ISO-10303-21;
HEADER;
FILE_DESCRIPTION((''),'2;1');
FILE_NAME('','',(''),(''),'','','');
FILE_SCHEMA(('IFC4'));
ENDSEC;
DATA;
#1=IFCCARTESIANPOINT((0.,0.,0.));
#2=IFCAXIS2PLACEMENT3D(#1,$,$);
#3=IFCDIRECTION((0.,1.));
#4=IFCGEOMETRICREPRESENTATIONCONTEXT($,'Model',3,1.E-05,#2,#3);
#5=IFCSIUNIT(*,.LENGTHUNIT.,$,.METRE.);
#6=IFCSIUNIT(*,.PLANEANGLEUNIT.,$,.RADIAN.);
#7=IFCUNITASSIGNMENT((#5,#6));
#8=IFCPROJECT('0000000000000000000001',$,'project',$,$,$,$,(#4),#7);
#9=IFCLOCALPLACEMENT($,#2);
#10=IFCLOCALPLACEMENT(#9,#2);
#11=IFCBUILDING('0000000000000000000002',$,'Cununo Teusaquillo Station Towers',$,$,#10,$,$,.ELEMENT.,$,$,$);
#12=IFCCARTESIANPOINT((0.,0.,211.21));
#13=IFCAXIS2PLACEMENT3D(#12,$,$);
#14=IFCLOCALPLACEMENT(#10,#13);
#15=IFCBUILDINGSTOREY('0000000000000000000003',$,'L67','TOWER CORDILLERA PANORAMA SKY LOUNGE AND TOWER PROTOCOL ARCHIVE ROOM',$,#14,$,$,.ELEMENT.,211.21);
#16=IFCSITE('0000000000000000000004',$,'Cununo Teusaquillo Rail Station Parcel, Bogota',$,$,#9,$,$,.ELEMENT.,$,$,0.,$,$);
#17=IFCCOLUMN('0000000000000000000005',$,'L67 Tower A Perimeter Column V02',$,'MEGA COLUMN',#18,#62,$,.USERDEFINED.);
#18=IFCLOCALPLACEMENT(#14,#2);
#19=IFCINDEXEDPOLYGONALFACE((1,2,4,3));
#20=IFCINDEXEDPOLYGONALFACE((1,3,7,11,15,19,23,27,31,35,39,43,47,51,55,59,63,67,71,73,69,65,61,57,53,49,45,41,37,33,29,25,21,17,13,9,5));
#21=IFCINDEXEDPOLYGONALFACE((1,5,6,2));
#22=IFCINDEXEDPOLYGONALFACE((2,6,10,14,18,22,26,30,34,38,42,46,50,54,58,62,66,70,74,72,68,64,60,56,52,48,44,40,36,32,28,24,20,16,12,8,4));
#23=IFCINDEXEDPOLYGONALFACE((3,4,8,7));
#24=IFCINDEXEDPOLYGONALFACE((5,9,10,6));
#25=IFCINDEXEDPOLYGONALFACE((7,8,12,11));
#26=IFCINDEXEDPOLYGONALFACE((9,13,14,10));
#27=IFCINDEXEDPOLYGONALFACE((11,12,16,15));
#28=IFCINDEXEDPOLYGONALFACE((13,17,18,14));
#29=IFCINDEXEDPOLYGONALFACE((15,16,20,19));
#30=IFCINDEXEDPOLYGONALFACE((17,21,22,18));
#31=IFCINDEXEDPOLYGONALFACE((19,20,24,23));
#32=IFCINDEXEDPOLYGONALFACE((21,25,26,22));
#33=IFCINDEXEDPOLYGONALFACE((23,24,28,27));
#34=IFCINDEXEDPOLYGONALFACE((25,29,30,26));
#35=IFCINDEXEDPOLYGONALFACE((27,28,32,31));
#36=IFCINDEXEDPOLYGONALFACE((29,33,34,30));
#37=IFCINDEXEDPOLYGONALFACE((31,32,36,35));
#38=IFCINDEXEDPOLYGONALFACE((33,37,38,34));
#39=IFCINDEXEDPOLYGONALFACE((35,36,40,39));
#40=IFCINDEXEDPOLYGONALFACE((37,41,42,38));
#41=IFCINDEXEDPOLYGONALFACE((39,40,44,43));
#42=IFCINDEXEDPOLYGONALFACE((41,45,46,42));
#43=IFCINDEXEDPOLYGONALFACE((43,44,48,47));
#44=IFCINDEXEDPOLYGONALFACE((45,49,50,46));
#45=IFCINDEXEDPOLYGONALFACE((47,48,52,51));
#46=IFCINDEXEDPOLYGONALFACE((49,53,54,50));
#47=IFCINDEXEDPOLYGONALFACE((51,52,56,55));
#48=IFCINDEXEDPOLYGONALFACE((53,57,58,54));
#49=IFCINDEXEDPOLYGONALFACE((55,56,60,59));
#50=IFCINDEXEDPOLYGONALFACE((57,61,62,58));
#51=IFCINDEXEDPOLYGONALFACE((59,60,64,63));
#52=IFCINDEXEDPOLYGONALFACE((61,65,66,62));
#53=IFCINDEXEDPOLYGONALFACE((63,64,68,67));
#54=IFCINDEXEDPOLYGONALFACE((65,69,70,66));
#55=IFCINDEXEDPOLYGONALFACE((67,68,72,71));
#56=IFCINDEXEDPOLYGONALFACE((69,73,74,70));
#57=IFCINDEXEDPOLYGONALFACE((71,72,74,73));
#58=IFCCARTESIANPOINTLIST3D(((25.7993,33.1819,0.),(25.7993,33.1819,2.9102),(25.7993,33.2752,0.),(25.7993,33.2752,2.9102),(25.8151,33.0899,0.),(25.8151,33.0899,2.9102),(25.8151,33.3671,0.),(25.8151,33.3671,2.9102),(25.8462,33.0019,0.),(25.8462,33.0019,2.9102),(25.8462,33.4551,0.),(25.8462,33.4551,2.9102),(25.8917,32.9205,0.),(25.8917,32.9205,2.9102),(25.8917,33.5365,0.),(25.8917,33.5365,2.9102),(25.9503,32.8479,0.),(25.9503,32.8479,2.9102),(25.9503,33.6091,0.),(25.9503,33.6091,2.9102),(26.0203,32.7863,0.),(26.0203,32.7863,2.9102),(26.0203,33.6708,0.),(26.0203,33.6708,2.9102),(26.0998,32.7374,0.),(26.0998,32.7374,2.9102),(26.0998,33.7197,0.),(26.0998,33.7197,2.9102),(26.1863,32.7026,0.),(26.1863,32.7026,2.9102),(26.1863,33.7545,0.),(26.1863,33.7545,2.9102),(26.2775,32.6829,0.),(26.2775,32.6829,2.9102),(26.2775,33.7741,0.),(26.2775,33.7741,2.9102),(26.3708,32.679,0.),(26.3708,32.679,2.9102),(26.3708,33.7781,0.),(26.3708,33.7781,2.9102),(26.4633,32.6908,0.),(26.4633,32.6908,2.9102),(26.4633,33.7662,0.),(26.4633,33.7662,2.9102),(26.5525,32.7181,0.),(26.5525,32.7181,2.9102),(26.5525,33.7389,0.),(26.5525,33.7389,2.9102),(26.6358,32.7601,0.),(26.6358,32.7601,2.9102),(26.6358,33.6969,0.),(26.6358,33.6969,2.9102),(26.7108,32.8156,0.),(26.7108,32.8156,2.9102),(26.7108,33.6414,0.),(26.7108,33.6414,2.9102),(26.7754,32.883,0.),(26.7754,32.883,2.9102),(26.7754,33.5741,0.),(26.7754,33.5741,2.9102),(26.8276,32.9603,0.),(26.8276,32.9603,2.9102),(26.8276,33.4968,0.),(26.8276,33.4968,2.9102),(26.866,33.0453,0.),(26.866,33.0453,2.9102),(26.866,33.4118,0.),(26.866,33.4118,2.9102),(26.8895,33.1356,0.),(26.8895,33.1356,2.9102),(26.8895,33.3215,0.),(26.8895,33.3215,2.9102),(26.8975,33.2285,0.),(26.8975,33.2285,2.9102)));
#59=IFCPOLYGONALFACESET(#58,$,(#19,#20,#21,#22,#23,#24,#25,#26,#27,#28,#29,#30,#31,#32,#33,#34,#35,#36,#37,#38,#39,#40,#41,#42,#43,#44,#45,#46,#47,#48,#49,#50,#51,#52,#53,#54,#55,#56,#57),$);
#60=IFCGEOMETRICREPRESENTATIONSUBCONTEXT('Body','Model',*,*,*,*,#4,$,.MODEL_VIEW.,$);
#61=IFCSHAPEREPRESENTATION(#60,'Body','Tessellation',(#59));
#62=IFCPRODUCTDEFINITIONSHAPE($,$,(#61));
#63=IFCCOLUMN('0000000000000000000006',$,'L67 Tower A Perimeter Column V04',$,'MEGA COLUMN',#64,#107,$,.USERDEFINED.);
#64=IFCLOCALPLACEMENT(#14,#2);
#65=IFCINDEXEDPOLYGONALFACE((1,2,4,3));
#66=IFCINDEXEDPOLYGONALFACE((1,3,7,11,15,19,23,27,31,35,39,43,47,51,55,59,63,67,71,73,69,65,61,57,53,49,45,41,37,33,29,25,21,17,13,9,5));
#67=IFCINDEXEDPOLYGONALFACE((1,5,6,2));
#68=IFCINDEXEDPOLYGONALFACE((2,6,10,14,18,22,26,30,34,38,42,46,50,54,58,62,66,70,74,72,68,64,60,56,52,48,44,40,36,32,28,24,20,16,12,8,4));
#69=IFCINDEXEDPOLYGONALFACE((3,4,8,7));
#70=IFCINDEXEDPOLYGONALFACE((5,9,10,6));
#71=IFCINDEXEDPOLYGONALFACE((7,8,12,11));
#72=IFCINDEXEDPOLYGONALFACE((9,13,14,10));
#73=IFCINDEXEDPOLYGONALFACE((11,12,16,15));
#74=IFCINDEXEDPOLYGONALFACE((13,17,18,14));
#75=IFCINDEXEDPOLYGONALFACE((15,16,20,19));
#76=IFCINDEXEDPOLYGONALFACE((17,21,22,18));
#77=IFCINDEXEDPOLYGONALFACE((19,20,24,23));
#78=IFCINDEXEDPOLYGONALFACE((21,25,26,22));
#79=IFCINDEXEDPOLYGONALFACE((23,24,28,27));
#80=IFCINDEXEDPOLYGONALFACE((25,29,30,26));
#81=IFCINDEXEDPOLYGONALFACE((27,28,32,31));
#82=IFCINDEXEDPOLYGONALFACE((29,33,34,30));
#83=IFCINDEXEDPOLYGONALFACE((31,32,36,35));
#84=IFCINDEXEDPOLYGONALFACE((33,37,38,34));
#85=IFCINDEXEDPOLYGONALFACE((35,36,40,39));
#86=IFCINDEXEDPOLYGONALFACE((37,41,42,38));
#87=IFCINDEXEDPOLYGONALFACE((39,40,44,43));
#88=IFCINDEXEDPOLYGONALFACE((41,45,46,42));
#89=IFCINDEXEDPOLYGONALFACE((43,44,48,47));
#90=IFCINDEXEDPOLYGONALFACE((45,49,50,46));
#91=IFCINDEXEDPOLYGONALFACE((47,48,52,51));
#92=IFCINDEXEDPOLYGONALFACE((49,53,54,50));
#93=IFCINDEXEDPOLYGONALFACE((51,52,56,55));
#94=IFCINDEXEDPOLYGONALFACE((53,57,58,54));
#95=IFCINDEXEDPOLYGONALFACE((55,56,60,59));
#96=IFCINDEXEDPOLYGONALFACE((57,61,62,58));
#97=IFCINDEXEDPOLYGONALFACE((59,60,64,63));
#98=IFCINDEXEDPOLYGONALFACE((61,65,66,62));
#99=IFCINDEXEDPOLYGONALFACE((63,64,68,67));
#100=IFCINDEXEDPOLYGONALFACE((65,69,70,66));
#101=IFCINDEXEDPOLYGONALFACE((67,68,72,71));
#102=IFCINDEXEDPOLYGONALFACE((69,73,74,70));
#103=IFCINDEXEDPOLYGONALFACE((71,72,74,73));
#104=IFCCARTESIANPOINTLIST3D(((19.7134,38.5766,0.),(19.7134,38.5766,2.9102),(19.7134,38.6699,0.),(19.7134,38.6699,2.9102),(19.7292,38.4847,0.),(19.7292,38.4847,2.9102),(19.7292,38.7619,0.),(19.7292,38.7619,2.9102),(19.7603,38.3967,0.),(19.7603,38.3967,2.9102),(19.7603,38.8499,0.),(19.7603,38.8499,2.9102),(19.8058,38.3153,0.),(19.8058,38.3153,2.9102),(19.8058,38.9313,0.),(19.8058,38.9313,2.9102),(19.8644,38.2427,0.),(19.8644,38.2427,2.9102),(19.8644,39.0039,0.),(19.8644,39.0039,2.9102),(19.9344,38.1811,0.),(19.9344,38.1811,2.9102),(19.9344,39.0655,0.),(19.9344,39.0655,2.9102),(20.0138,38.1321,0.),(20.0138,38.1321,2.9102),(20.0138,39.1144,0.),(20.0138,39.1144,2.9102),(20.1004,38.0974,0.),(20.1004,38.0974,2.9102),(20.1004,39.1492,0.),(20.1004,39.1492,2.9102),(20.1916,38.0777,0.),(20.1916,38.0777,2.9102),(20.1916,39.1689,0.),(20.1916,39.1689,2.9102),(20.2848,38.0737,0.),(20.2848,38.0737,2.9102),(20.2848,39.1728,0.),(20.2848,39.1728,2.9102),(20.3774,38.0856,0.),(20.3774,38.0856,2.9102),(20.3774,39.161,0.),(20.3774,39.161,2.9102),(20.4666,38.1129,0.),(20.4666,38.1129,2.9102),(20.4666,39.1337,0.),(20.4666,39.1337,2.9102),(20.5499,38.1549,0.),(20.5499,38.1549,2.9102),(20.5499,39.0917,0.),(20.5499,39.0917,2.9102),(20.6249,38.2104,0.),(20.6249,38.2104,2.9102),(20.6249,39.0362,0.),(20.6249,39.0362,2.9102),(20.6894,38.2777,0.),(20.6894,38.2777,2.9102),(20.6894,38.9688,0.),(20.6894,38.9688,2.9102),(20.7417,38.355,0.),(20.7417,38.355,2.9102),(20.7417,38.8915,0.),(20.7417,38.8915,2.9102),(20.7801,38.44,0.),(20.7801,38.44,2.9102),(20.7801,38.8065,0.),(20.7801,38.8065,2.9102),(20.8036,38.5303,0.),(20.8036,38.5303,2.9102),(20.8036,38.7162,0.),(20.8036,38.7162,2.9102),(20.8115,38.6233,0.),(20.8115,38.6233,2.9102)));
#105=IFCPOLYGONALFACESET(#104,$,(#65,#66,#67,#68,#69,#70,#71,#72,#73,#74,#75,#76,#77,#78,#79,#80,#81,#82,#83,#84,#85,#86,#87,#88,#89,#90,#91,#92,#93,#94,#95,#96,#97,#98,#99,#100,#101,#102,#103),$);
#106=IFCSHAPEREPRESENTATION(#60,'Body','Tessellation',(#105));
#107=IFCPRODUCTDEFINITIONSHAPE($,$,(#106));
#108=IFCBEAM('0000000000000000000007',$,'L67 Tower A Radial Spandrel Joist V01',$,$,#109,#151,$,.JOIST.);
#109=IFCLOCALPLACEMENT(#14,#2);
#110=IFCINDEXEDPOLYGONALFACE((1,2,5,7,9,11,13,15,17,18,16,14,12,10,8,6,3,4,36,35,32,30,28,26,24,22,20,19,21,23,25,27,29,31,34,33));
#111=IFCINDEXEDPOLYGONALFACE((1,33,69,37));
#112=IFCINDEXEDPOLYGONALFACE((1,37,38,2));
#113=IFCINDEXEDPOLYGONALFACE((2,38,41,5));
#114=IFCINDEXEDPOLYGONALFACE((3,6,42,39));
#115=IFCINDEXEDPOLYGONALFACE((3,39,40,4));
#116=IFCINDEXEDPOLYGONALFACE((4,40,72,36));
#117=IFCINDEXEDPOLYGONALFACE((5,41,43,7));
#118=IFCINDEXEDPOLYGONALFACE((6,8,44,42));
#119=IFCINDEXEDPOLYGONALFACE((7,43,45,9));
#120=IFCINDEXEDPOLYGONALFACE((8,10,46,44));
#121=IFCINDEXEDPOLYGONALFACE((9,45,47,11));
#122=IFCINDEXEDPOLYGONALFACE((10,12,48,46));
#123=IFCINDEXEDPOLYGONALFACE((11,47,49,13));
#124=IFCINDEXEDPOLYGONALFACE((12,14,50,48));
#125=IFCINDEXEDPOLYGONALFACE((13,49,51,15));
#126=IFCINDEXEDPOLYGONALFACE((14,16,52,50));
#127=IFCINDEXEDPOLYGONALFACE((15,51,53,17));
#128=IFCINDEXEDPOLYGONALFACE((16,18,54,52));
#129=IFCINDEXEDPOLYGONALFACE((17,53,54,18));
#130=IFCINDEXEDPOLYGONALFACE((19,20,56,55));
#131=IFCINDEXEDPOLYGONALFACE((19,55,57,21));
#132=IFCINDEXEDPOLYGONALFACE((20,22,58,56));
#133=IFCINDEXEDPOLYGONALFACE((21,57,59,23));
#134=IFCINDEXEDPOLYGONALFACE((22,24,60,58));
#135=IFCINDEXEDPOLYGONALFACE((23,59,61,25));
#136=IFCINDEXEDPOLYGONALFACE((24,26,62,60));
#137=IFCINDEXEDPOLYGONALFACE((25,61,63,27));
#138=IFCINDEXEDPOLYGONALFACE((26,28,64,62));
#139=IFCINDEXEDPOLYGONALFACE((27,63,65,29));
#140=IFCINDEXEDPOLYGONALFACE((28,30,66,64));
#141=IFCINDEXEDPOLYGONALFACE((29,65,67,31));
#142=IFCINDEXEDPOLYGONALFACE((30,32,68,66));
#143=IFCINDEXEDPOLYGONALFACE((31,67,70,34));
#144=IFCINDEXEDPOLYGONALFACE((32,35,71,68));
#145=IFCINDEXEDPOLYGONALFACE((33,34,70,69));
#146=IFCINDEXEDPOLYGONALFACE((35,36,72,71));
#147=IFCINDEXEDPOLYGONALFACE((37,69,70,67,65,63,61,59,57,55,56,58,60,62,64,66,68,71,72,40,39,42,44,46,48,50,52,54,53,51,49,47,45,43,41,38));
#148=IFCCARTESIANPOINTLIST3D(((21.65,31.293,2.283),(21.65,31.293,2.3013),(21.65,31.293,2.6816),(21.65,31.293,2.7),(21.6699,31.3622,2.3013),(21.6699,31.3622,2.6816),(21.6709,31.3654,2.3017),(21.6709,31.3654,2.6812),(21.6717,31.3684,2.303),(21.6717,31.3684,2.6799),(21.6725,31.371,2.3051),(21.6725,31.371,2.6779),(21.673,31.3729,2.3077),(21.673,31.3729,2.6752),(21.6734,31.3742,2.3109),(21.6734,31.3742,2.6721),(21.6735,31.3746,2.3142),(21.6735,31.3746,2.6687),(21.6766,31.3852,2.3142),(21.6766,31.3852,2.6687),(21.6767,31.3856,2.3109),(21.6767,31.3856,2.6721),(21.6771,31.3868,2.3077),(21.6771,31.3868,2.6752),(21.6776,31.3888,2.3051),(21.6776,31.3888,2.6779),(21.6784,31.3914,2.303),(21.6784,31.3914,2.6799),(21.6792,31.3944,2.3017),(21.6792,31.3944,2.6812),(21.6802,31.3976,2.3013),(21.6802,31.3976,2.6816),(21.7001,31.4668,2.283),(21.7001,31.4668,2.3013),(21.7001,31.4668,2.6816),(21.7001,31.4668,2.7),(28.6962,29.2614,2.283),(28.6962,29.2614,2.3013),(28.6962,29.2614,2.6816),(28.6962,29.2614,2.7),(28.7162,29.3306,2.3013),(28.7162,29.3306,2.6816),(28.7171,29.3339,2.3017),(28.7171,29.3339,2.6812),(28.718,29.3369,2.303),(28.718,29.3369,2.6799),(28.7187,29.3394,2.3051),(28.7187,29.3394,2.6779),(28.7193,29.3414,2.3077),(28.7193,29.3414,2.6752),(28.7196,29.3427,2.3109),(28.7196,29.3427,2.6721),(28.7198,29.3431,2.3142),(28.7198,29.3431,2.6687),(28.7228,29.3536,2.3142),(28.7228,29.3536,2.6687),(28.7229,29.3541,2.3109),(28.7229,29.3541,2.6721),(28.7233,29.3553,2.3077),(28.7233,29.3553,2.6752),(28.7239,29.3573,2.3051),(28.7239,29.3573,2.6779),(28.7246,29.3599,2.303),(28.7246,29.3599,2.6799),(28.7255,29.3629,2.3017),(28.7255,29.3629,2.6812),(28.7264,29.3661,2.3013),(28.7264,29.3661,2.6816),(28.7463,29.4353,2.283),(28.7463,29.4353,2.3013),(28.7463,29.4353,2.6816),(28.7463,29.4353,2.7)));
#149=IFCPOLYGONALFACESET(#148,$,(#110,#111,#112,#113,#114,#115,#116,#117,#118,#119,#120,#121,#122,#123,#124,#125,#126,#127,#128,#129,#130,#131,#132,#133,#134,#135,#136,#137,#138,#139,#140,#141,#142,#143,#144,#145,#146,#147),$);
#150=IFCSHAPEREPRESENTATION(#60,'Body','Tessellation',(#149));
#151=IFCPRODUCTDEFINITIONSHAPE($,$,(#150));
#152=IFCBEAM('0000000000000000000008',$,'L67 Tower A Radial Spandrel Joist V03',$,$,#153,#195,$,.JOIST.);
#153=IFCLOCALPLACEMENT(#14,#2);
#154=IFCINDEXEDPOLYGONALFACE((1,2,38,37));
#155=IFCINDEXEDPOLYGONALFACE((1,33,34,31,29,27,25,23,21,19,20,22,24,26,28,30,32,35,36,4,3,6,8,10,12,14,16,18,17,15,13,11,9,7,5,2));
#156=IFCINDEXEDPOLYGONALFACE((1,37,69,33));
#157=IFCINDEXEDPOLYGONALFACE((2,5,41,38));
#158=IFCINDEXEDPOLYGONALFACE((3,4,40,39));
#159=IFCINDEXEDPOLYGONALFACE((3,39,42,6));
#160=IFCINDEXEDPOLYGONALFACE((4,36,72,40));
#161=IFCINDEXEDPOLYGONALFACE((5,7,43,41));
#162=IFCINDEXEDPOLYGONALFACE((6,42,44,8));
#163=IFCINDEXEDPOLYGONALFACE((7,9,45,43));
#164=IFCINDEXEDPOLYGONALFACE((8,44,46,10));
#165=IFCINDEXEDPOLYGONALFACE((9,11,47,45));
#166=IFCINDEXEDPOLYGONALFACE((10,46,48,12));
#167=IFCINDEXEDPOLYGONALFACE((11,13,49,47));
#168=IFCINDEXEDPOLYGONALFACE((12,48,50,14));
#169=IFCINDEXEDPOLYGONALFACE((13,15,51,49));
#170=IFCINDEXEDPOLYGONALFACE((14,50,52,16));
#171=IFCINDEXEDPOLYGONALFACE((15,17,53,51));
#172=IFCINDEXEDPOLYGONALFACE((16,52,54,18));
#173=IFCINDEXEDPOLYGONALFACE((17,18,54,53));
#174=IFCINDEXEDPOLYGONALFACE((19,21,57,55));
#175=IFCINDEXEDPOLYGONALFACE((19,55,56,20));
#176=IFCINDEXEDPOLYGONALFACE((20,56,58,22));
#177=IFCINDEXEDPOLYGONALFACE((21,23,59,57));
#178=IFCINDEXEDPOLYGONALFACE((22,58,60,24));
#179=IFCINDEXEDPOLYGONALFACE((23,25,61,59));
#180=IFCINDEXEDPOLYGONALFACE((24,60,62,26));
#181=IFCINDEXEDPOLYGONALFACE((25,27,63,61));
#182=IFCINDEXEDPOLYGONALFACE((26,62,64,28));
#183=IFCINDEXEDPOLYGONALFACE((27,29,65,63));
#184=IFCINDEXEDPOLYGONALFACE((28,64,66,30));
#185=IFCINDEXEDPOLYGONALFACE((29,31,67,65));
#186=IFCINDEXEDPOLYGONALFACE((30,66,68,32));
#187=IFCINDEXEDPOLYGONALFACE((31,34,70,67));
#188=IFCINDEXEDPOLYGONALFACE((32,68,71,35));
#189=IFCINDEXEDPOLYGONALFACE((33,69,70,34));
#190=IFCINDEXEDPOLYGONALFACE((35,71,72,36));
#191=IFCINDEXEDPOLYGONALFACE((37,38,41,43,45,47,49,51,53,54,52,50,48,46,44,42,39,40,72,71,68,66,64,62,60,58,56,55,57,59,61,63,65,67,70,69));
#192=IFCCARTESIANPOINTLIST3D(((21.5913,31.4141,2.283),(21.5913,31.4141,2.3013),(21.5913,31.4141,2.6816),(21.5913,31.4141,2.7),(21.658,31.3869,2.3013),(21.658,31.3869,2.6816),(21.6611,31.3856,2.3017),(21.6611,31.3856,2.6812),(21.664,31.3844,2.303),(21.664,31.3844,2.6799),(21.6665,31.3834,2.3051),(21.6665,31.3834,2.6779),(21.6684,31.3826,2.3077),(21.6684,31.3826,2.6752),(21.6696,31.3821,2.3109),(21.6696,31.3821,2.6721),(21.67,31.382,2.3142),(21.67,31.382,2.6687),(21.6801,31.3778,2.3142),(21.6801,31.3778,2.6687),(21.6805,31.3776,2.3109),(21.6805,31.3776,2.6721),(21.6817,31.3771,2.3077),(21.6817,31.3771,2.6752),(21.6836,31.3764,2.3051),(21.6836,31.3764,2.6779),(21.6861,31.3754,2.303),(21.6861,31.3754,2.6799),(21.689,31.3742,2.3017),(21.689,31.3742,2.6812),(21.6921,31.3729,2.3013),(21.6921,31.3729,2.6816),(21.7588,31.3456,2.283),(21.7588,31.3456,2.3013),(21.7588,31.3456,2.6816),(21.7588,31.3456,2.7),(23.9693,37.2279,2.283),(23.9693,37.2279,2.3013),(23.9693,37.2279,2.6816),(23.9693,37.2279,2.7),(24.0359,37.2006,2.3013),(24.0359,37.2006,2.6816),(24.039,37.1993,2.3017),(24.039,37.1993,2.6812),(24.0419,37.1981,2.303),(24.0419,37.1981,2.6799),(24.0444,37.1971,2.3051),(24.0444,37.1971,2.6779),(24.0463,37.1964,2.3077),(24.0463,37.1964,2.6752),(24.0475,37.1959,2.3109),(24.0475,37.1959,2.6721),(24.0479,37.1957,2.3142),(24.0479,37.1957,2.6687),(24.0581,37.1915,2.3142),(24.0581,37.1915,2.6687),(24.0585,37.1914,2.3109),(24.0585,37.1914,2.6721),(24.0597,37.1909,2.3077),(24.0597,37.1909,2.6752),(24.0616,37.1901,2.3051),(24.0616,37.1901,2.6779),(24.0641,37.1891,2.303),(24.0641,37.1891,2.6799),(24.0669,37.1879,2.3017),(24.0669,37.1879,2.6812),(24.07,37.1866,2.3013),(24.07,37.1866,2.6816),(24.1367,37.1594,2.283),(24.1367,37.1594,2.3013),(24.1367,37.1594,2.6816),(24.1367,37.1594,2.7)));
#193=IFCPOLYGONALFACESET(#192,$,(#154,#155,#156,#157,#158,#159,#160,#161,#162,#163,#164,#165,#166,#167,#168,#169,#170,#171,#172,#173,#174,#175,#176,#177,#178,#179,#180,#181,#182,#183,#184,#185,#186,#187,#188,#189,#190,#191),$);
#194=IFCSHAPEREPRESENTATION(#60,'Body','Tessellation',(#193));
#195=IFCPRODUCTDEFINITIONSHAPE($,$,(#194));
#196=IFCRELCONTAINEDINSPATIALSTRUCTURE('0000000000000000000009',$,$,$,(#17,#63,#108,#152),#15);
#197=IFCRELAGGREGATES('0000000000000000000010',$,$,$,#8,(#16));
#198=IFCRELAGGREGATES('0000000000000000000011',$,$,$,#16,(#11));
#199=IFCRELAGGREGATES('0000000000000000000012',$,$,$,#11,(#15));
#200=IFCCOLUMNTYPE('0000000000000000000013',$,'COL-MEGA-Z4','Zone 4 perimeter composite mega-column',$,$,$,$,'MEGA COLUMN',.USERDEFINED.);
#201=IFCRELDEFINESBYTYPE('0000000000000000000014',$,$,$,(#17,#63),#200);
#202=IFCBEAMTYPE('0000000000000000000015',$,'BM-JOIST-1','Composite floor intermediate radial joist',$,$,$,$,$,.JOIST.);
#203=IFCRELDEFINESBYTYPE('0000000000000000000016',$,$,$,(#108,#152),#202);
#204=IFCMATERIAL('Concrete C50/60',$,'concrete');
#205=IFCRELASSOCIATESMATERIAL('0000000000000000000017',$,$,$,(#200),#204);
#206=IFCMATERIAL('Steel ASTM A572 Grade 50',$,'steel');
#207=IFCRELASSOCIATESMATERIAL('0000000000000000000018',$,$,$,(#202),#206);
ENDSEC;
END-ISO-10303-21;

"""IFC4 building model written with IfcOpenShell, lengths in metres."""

from ifc_helpers import new_model, si_unit, direction, frame, origin, origin_2d, place, context, subcontext, project, spatial, circle, i_section, extrude, material, material_profile, profile_set, type_object, element, save


model = new_model("IFC4")

# Units and contexts
model_context = context("Model", 3, precision=1e-05, world=origin(), true_north=direction((0.0, 1.0)))
body_context = subcontext(model_context, "Body", "Model", "MODEL_VIEW")
ifc_project = project(units=[si_unit("LENGTHUNIT", "METRE"), si_unit("PLANEANGLEUNIT", "RADIAN")], contexts=[model_context])

# Site, building, storey
site_placement = place(None, origin())
site = spatial("IfcSite", under=ifc_project, at=site_placement, Name="Cununo Teusaquillo Rail Station Parcel, Bogota", CompositionType="ELEMENT", RefElevation=0.0)
building_placement = place(site_placement, origin())
building = spatial("IfcBuilding", under=site, at=building_placement, Name="Cununo Teusaquillo Station Towers", CompositionType="ELEMENT")
storey_placement = place(building_placement, frame((0.0, 0.0, 211.21)))
storey = spatial("IfcBuildingStorey", under=building, at=storey_placement, Name="L67", Description="TOWER CORDILLERA PANORAMA SKY LOUNGE AND TOWER PROTOCOL ARCHIVE ROOM", CompositionType="ELEMENT", Elevation=211.21)

# Columns
ifc_material_1 = material(Name="Concrete C50/60", Category="concrete")
ifc_material_profile_1 = material_profile(ifc_material_1, circle(Radius=0.55, at=origin_2d()), Name="RC-CIRC-1100")
ifc_profile_set_1 = profile_set([ifc_material_profile_1], Name="Concrete C50/60")
column_type = type_object("IfcColumnType", Name="COL-MEGA-Z4", Description="Zone 4 perimeter composite mega-column", ElementType="MEGA COLUMN", PredefinedType="USERDEFINED", material=ifc_profile_set_1)
for number, where, z_axis, x_axis, name in (
    (1, (26.3474, 33.2285, 0.0), (0.0, 0.0, 1.0), (1.0, 0.0, 0.0), "L67 Tower A Perimeter Column V02"),
    (2, (20.2615, 38.6233, 0.0), (0.0, 0.0, 1.0), (1.0, 0.0, 0.0), "L67 Tower A Perimeter Column V04"),
):
    element("IfcColumn", number, at=place(storey_placement, frame(where, z_axis=z_axis, x_axis=x_axis)), inside=storey, type_object=column_type, Name=name, ObjectType="MEGA COLUMN", PredefinedType="USERDEFINED", context=body_context, shape_type="SweptSolid", body=[
        extrude(circle(Radius=0.55, at=origin_2d()), origin(), (0.0, 0.0, 1.0), 2.9102),
    ])

# Beams
ifc_material_2 = material(Name="Steel ASTM A572 Grade 50", Category="steel")
ifc_material_profile_2 = material_profile(ifc_material_2, i_section(OverallWidth=0.1809, OverallDepth=0.417, WebThickness=0.011, FlangeThickness=0.0183, FilletRadius=0.0129, at=origin_2d()), Name="W16X57")
ifc_profile_set_2 = profile_set([ifc_material_profile_2], Name="Steel ASTM A572 Grade 50")
beam_type_1 = type_object("IfcBeamType", Name="BM-JOIST-1", Description="Composite floor intermediate radial joist", PredefinedType="JOIST", material=ifc_profile_set_2)
beam_1_placement = place(storey_placement, frame((21.675, 31.3799, 2.4915), z_axis=(0.960862, -0.277029, 0.0), x_axis=(0.277029, 0.960862, 0.0)))
element("IfcBeam", 3, at=beam_1_placement, inside=storey, type_object=beam_type_1, Name="L67 Tower A Radial Spandrel Joist V01", PredefinedType="JOIST", context=body_context, shape_type="SweptSolid", body=[
    extrude(i_section(OverallWidth=0.1809, OverallDepth=0.417, WebThickness=0.011, FlangeThickness=0.0183, FilletRadius=0.0129, at=origin_2d()), origin(), (0.0, 0.0, 1.0), 7.3333),
])
beam_2_placement = place(storey_placement, frame((21.675, 31.3799, 2.4915), z_axis=(0.378577, 0.92557, 0.0), x_axis=(-0.92557, 0.378577, 0.0)))
element("IfcBeam", 4, at=beam_2_placement, inside=storey, type_object=beam_type_1, Name="L67 Tower A Radial Spandrel Joist V03", PredefinedType="JOIST", context=body_context, shape_type="SweptSolid", body=[
    extrude(i_section(OverallWidth=0.1809, OverallDepth=0.417, WebThickness=0.011, FlangeThickness=0.0183, FilletRadius=0.0129, at=origin_2d()), origin(), (0.0, 0.0, 1.0), 6.2812),
])

save(model, "model.ifc")
